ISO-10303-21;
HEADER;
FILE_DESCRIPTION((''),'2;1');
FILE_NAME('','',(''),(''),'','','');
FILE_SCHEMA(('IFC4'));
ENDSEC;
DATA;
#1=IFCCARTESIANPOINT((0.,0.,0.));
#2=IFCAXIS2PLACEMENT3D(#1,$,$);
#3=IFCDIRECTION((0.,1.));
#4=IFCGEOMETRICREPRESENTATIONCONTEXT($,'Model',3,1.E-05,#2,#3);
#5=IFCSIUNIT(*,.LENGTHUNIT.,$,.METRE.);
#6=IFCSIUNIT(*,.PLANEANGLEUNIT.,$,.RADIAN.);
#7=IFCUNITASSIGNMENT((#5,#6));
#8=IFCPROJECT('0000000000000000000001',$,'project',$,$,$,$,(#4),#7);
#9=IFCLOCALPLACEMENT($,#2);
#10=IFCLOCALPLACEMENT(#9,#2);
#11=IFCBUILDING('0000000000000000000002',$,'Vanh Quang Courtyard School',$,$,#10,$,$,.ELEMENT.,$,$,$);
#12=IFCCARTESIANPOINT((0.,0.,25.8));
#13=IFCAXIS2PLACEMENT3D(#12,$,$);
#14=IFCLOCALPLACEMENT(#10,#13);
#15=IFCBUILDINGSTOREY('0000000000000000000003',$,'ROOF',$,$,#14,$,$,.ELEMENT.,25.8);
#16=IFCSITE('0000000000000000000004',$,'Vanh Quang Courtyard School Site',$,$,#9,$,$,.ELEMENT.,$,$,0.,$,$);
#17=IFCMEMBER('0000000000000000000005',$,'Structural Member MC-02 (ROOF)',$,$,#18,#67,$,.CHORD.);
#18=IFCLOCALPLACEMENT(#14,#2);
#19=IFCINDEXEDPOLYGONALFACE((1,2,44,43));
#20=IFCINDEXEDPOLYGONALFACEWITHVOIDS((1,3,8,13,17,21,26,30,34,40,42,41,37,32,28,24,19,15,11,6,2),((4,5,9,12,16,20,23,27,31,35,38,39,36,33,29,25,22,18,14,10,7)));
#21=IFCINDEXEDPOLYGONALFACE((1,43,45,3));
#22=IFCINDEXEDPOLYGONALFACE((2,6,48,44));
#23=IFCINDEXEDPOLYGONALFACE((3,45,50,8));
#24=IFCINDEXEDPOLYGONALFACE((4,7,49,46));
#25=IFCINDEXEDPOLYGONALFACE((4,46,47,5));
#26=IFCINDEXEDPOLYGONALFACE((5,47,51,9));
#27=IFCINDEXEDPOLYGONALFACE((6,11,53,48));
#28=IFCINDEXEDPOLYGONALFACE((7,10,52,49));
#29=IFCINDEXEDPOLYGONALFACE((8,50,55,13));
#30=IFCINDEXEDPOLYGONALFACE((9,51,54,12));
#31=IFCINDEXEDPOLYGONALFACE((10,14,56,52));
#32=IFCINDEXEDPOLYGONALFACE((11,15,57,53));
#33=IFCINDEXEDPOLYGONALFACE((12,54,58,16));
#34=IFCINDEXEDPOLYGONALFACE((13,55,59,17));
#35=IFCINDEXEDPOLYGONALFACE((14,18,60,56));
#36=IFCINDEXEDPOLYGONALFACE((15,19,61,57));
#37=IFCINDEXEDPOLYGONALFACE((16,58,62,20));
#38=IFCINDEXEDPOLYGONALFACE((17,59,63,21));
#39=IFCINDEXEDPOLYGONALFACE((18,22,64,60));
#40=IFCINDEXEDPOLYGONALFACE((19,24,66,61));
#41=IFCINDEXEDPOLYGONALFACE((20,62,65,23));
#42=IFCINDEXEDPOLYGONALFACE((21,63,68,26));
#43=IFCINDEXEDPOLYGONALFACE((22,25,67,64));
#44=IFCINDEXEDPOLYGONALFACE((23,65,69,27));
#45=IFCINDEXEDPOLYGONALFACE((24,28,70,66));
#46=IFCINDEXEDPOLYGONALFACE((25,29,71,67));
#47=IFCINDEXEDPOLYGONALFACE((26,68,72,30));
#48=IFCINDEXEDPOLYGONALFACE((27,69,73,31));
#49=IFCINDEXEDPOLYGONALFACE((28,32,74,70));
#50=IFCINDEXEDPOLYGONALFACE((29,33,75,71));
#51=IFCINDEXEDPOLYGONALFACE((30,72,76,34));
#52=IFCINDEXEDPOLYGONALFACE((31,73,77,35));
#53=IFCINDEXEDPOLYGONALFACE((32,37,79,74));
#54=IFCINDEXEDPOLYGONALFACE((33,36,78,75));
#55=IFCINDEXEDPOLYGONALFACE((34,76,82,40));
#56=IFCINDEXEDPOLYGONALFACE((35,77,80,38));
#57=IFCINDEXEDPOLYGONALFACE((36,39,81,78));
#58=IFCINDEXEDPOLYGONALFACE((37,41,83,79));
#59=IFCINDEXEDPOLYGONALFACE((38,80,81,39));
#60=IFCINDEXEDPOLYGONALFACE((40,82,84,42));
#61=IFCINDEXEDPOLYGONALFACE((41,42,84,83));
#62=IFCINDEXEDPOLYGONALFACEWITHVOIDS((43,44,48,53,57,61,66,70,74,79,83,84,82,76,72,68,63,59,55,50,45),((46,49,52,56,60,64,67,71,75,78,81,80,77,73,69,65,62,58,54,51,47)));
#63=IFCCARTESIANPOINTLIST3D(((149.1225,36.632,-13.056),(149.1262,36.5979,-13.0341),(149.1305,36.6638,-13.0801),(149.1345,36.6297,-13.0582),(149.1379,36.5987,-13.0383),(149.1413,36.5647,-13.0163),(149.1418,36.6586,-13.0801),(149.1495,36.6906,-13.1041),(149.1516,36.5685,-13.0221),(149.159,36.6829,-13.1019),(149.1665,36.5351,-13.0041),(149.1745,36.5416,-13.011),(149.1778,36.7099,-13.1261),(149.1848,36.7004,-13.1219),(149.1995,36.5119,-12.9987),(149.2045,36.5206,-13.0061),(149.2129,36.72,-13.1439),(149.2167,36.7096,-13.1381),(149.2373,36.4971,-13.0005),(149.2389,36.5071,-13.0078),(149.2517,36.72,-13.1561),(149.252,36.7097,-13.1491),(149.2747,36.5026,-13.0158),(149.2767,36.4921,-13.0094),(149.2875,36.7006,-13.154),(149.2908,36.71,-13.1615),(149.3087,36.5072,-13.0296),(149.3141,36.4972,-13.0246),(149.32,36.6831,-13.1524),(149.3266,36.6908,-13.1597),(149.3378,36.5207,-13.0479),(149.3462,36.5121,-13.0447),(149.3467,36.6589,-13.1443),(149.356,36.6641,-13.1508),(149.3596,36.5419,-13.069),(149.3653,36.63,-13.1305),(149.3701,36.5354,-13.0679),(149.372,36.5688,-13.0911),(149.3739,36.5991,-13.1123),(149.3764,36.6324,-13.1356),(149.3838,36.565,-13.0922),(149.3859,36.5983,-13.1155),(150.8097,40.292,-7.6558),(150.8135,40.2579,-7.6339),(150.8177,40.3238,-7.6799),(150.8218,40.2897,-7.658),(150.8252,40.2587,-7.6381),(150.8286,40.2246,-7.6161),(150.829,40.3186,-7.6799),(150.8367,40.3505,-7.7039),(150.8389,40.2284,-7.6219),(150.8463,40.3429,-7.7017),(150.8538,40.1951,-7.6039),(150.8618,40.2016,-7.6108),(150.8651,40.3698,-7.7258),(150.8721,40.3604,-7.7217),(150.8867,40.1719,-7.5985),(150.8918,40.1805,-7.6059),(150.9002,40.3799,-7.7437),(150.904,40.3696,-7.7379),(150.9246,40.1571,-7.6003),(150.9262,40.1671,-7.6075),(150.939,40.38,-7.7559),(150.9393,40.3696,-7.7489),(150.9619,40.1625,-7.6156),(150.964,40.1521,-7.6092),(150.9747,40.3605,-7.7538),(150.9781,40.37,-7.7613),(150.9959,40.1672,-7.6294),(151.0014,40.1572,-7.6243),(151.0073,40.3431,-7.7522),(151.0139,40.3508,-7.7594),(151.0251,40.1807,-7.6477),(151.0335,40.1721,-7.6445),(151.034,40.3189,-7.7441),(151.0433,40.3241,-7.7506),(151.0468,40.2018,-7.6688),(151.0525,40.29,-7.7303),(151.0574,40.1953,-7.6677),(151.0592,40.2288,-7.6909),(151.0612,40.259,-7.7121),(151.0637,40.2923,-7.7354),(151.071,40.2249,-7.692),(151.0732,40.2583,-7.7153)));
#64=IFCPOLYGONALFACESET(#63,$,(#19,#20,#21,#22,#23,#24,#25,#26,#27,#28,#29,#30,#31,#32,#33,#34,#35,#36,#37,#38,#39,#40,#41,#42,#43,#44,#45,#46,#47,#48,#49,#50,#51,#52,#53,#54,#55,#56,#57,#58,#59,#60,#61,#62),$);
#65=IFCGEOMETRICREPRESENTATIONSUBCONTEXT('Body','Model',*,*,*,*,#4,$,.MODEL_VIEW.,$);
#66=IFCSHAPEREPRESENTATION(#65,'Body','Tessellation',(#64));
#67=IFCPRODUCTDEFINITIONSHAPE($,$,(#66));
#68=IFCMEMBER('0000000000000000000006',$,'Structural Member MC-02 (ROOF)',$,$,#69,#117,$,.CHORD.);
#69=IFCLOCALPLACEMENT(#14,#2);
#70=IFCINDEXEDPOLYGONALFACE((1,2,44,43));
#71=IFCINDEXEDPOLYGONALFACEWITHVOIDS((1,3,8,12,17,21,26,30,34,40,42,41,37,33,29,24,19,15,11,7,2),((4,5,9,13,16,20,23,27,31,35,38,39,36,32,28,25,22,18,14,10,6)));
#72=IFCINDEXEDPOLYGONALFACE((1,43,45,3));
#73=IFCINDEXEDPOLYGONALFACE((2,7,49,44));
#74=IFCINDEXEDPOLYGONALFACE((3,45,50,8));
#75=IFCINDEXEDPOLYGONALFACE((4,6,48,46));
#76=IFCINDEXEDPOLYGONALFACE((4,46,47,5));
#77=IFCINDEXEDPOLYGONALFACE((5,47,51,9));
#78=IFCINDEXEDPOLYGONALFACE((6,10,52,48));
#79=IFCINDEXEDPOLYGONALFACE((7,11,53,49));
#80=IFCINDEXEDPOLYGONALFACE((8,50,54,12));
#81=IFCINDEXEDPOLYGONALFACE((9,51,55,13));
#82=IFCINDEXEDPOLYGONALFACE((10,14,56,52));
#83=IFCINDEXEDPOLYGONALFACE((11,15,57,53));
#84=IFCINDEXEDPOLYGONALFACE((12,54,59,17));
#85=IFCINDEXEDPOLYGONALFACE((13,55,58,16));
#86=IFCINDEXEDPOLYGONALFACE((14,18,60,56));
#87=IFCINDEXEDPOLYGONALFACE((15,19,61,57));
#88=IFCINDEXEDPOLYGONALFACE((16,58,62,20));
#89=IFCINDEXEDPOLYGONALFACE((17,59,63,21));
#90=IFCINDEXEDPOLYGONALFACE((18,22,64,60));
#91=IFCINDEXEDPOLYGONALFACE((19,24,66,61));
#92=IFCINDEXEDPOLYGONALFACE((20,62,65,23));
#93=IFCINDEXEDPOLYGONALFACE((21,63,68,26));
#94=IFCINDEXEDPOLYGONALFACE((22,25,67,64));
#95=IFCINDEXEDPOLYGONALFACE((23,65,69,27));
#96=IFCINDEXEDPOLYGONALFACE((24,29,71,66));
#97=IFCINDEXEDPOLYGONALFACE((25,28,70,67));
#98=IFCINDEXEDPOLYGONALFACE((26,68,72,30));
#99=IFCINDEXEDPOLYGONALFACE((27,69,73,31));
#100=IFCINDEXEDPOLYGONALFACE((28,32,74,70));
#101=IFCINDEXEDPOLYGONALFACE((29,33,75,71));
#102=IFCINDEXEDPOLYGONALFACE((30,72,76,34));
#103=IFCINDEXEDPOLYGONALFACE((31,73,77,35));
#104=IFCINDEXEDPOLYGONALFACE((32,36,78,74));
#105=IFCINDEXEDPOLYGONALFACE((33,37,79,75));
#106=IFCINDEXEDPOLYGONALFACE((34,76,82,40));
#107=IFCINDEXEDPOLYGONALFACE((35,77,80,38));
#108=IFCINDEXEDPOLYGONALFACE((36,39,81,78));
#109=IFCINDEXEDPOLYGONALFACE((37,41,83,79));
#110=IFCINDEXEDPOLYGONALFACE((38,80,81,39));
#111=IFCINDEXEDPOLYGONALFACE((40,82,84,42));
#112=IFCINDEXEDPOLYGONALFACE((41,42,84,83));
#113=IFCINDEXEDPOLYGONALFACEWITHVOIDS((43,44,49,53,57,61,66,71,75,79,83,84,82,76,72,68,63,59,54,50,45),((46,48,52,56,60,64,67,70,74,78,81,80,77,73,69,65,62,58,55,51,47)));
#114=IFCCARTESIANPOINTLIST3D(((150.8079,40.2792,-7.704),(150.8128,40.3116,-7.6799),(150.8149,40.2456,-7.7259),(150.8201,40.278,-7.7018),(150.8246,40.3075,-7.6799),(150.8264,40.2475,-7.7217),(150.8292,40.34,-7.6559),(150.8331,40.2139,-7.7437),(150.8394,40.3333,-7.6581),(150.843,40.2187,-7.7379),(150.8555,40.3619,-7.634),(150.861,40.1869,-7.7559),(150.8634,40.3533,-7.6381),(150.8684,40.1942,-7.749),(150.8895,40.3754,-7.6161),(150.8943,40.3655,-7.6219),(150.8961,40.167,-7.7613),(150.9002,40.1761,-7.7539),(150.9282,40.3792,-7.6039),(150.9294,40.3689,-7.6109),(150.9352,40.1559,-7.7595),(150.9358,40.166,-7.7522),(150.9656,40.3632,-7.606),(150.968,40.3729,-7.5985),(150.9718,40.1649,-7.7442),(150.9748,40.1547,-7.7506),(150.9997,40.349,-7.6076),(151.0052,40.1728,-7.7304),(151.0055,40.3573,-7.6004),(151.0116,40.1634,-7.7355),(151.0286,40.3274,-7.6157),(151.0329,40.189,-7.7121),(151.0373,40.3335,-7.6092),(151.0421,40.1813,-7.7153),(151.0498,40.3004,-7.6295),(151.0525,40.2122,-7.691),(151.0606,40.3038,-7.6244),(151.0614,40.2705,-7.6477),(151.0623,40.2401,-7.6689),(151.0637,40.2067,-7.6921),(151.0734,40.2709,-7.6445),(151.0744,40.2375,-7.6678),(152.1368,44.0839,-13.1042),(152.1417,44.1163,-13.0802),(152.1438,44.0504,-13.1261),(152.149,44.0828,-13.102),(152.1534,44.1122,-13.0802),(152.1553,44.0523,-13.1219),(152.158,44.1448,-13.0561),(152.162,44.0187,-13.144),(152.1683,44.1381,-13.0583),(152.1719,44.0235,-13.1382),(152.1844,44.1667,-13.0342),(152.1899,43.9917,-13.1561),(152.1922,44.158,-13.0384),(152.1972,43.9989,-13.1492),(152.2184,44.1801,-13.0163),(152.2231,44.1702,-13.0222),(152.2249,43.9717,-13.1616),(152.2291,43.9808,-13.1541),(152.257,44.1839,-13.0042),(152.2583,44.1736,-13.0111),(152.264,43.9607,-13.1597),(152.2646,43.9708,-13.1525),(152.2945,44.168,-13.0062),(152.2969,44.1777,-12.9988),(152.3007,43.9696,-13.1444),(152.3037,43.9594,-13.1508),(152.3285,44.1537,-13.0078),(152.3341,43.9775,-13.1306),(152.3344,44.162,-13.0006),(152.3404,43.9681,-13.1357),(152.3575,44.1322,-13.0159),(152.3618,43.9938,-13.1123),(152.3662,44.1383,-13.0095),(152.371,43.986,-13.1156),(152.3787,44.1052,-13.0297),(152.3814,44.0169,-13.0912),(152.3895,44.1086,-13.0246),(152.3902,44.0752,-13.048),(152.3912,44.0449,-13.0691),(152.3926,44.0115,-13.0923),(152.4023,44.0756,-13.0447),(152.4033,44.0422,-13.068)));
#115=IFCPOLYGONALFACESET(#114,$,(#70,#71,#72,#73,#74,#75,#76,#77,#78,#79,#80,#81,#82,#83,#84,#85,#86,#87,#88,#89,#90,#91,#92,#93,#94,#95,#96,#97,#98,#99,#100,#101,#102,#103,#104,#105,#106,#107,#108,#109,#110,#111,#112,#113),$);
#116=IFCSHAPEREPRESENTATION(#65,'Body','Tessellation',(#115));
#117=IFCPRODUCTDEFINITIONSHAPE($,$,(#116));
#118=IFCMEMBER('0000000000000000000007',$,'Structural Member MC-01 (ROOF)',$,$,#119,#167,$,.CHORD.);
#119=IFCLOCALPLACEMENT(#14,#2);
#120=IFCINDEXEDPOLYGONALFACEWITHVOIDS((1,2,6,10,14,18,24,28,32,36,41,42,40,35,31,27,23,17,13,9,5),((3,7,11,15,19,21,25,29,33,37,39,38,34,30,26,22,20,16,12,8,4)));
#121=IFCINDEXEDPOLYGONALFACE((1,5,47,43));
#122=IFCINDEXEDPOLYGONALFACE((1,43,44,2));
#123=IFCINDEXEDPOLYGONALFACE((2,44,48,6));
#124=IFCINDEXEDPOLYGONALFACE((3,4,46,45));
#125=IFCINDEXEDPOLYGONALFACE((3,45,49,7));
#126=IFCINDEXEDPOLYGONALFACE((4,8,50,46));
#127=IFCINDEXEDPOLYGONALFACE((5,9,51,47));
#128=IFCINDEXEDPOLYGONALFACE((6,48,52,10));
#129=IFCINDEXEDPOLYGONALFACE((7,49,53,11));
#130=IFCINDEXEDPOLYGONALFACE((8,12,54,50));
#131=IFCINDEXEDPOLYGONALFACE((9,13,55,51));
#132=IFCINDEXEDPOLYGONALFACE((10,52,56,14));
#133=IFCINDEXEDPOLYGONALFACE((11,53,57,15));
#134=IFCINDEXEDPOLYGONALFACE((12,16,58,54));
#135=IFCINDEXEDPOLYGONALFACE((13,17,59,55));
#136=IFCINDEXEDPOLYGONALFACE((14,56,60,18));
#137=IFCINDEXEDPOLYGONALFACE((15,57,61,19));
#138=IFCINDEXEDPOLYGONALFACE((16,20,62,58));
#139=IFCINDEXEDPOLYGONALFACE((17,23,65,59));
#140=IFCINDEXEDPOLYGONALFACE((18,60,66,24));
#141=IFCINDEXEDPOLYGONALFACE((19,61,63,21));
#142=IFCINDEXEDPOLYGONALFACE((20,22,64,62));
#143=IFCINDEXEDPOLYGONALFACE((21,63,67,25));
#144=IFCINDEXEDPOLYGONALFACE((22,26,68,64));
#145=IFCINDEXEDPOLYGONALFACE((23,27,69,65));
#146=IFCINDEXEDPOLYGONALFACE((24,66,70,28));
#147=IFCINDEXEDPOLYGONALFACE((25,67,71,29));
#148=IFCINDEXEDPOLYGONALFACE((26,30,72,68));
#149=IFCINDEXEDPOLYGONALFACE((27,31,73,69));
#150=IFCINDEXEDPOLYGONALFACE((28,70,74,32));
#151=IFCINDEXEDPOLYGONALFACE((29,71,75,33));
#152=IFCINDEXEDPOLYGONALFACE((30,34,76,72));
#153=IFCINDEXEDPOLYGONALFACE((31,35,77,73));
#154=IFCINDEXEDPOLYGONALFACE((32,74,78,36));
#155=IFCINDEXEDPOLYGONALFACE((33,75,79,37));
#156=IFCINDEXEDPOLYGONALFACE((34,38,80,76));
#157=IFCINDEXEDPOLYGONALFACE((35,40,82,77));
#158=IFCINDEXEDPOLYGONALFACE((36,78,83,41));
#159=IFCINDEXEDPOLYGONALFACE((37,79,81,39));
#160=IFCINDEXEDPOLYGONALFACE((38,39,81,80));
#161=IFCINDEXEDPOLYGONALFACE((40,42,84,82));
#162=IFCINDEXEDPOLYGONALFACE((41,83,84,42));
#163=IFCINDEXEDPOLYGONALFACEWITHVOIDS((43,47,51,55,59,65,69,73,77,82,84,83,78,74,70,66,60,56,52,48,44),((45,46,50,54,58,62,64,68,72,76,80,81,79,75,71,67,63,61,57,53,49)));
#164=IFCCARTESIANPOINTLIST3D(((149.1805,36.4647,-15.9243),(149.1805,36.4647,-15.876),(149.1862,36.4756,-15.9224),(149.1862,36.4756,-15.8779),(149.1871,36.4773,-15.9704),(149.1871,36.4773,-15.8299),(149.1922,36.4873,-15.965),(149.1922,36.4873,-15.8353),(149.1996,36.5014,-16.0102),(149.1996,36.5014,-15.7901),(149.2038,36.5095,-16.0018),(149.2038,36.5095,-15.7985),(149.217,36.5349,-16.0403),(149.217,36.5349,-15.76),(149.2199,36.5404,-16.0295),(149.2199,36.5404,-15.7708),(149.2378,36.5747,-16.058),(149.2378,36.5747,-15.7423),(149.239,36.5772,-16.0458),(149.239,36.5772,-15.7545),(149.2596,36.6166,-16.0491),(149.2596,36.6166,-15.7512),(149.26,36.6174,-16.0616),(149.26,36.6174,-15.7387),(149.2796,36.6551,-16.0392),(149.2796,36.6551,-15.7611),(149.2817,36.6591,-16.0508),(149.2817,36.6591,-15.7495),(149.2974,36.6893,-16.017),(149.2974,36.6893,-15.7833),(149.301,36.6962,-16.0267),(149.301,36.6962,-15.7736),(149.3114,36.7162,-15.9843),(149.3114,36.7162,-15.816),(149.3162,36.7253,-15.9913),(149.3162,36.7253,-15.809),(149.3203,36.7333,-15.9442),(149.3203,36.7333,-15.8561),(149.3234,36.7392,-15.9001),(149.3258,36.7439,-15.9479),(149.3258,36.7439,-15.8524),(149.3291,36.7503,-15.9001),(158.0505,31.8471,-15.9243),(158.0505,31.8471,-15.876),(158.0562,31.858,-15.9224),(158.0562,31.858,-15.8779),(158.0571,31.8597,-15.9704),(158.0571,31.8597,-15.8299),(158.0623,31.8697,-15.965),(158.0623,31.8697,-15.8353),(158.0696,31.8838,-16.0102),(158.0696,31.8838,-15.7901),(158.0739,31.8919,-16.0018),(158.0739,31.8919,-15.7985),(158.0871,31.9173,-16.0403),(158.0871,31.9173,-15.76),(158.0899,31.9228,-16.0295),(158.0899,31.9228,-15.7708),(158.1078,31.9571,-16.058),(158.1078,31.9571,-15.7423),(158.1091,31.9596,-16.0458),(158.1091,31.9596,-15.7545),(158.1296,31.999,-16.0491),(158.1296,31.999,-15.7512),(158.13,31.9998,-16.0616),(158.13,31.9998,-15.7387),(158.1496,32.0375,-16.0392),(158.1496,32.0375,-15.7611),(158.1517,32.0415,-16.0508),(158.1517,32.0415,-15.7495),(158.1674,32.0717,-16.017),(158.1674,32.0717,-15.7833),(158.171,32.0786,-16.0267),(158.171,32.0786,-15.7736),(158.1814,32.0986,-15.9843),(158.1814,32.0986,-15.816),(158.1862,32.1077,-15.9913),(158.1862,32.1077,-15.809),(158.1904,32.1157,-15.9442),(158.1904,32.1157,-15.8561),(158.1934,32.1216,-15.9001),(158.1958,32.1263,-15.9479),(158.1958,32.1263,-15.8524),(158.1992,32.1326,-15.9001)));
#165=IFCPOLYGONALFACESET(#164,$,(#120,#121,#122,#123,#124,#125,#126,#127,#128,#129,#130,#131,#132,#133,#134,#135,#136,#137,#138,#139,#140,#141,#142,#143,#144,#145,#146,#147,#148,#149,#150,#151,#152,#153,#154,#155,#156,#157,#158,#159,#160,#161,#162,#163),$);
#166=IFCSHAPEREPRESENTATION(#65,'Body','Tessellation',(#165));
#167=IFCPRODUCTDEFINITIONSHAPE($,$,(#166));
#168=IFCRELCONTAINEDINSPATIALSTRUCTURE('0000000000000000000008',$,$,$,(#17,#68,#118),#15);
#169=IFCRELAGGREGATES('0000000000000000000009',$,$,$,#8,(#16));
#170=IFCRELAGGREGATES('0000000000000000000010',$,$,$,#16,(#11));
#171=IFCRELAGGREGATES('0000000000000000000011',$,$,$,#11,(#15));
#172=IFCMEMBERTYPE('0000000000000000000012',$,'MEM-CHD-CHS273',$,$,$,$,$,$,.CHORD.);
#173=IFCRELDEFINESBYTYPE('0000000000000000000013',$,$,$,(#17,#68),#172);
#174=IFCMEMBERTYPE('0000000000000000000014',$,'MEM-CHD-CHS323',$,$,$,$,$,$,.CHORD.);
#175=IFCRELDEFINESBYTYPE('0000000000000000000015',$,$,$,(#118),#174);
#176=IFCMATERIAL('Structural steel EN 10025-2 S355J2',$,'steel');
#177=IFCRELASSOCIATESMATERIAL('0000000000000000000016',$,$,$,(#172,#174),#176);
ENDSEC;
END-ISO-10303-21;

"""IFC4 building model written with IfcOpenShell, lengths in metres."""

from ifc_helpers import new_model, si_unit, direction, frame, origin, origin_2d, place, context, subcontext, project, spatial, hollow_circle, extrude, material, material_profile, profile_set, type_object, element, save


model = new_model("IFC4")

# Units and contexts
model_context = context("Model", 3, precision=1e-05, world=origin(), true_north=direction((0.0, 1.0)))
body_context = subcontext(model_context, "Body", "Model", "MODEL_VIEW")
ifc_project = project(units=[si_unit("LENGTHUNIT", "METRE"), si_unit("PLANEANGLEUNIT", "RADIAN")], contexts=[model_context])

# Site, building, storey
site_placement = place(None, origin())
site = spatial("IfcSite", under=ifc_project, at=site_placement, Name="Vanh Quang Courtyard School Site", CompositionType="ELEMENT", RefElevation=0.0)
building_placement = place(site_placement, origin())
building = spatial("IfcBuilding", under=site, at=building_placement, Name="Vanh Quang Courtyard School", CompositionType="ELEMENT")
storey_placement = place(building_placement, frame((0.0, 0.0, 25.8)))
storey = spatial("IfcBuildingStorey", under=building, at=storey_placement, Name="ROOF", CompositionType="ELEMENT", Elevation=25.8)

# Shared definitions
ifc_material_1 = material(Name="Structural steel EN 10025-2 S355J2", Category="steel")

# Members
ifc_material_profile_1 = material_profile(ifc_material_1, hollow_circle(Radius=0.1365, WallThickness=0.0125, at=origin_2d()), Name="CHS 273x12.5")
ifc_profile_set_1 = profile_set([ifc_material_profile_1], Name="Structural steel EN 10025-2 S355J2")
member_type_1 = type_object("IfcMemberType", Name="MEM-CHD-CHS273", PredefinedType="CHORD", material=ifc_profile_set_1)
for number, where, z_axis, x_axis, name in (
    (1, (149.2544, 36.6067, -13.0801), (0.250401, 0.543159, 0.801422), (-0.908142, 0.418662, 0.0), "Structural Member MC-02 (ROOF)"),
    (2, (150.9417, 40.2666, -7.6799), (0.197213, 0.564646, -0.801425), (-0.944073, 0.329735, 0.0), "Structural Member MC-02 (ROOF)"),
):
    element("IfcMember", number, at=place(storey_placement, frame(where, z_axis=z_axis, x_axis=x_axis)), inside=storey, type_object=member_type_1, Name=name, PredefinedType="CHORD", context=body_context, shape_type="SweptSolid", body=[
        extrude(hollow_circle(Radius=0.1365, WallThickness=0.0125, at=origin_2d()), origin(), (0.0, 0.0, 1.0), 6.7383),
    ])
ifc_material_profile_2 = material_profile(ifc_material_1, hollow_circle(Radius=0.1619, WallThickness=0.0125, at=origin_2d()), Name="CHS 323.9x12.5")
ifc_profile_set_2 = profile_set([ifc_material_profile_2], Name="Structural steel EN 10025-2 S355J2")
member_type_2 = type_object("IfcMemberType", Name="MEM-CHD-CHS323", PredefinedType="CHORD", material=ifc_profile_set_2)
member_1_placement = place(storey_placement, frame((149.2544, 36.6067, -15.9001), z_axis=(0.887003, -0.461763, 0.0), x_axis=(0.461763, 0.887003, 0.0)))
element("IfcMember", 3, at=member_1_placement, inside=storey, type_object=member_type_2, Name="Structural Member MC-01 (ROOF)", PredefinedType="CHORD", context=body_context, shape_type="SweptSolid", body=[
    extrude(hollow_circle(Radius=0.1619, WallThickness=0.0125, at=origin_2d()), origin(), (0.0, 0.0, 1.0), 10.0),
])

save(model, "model.ifc")
